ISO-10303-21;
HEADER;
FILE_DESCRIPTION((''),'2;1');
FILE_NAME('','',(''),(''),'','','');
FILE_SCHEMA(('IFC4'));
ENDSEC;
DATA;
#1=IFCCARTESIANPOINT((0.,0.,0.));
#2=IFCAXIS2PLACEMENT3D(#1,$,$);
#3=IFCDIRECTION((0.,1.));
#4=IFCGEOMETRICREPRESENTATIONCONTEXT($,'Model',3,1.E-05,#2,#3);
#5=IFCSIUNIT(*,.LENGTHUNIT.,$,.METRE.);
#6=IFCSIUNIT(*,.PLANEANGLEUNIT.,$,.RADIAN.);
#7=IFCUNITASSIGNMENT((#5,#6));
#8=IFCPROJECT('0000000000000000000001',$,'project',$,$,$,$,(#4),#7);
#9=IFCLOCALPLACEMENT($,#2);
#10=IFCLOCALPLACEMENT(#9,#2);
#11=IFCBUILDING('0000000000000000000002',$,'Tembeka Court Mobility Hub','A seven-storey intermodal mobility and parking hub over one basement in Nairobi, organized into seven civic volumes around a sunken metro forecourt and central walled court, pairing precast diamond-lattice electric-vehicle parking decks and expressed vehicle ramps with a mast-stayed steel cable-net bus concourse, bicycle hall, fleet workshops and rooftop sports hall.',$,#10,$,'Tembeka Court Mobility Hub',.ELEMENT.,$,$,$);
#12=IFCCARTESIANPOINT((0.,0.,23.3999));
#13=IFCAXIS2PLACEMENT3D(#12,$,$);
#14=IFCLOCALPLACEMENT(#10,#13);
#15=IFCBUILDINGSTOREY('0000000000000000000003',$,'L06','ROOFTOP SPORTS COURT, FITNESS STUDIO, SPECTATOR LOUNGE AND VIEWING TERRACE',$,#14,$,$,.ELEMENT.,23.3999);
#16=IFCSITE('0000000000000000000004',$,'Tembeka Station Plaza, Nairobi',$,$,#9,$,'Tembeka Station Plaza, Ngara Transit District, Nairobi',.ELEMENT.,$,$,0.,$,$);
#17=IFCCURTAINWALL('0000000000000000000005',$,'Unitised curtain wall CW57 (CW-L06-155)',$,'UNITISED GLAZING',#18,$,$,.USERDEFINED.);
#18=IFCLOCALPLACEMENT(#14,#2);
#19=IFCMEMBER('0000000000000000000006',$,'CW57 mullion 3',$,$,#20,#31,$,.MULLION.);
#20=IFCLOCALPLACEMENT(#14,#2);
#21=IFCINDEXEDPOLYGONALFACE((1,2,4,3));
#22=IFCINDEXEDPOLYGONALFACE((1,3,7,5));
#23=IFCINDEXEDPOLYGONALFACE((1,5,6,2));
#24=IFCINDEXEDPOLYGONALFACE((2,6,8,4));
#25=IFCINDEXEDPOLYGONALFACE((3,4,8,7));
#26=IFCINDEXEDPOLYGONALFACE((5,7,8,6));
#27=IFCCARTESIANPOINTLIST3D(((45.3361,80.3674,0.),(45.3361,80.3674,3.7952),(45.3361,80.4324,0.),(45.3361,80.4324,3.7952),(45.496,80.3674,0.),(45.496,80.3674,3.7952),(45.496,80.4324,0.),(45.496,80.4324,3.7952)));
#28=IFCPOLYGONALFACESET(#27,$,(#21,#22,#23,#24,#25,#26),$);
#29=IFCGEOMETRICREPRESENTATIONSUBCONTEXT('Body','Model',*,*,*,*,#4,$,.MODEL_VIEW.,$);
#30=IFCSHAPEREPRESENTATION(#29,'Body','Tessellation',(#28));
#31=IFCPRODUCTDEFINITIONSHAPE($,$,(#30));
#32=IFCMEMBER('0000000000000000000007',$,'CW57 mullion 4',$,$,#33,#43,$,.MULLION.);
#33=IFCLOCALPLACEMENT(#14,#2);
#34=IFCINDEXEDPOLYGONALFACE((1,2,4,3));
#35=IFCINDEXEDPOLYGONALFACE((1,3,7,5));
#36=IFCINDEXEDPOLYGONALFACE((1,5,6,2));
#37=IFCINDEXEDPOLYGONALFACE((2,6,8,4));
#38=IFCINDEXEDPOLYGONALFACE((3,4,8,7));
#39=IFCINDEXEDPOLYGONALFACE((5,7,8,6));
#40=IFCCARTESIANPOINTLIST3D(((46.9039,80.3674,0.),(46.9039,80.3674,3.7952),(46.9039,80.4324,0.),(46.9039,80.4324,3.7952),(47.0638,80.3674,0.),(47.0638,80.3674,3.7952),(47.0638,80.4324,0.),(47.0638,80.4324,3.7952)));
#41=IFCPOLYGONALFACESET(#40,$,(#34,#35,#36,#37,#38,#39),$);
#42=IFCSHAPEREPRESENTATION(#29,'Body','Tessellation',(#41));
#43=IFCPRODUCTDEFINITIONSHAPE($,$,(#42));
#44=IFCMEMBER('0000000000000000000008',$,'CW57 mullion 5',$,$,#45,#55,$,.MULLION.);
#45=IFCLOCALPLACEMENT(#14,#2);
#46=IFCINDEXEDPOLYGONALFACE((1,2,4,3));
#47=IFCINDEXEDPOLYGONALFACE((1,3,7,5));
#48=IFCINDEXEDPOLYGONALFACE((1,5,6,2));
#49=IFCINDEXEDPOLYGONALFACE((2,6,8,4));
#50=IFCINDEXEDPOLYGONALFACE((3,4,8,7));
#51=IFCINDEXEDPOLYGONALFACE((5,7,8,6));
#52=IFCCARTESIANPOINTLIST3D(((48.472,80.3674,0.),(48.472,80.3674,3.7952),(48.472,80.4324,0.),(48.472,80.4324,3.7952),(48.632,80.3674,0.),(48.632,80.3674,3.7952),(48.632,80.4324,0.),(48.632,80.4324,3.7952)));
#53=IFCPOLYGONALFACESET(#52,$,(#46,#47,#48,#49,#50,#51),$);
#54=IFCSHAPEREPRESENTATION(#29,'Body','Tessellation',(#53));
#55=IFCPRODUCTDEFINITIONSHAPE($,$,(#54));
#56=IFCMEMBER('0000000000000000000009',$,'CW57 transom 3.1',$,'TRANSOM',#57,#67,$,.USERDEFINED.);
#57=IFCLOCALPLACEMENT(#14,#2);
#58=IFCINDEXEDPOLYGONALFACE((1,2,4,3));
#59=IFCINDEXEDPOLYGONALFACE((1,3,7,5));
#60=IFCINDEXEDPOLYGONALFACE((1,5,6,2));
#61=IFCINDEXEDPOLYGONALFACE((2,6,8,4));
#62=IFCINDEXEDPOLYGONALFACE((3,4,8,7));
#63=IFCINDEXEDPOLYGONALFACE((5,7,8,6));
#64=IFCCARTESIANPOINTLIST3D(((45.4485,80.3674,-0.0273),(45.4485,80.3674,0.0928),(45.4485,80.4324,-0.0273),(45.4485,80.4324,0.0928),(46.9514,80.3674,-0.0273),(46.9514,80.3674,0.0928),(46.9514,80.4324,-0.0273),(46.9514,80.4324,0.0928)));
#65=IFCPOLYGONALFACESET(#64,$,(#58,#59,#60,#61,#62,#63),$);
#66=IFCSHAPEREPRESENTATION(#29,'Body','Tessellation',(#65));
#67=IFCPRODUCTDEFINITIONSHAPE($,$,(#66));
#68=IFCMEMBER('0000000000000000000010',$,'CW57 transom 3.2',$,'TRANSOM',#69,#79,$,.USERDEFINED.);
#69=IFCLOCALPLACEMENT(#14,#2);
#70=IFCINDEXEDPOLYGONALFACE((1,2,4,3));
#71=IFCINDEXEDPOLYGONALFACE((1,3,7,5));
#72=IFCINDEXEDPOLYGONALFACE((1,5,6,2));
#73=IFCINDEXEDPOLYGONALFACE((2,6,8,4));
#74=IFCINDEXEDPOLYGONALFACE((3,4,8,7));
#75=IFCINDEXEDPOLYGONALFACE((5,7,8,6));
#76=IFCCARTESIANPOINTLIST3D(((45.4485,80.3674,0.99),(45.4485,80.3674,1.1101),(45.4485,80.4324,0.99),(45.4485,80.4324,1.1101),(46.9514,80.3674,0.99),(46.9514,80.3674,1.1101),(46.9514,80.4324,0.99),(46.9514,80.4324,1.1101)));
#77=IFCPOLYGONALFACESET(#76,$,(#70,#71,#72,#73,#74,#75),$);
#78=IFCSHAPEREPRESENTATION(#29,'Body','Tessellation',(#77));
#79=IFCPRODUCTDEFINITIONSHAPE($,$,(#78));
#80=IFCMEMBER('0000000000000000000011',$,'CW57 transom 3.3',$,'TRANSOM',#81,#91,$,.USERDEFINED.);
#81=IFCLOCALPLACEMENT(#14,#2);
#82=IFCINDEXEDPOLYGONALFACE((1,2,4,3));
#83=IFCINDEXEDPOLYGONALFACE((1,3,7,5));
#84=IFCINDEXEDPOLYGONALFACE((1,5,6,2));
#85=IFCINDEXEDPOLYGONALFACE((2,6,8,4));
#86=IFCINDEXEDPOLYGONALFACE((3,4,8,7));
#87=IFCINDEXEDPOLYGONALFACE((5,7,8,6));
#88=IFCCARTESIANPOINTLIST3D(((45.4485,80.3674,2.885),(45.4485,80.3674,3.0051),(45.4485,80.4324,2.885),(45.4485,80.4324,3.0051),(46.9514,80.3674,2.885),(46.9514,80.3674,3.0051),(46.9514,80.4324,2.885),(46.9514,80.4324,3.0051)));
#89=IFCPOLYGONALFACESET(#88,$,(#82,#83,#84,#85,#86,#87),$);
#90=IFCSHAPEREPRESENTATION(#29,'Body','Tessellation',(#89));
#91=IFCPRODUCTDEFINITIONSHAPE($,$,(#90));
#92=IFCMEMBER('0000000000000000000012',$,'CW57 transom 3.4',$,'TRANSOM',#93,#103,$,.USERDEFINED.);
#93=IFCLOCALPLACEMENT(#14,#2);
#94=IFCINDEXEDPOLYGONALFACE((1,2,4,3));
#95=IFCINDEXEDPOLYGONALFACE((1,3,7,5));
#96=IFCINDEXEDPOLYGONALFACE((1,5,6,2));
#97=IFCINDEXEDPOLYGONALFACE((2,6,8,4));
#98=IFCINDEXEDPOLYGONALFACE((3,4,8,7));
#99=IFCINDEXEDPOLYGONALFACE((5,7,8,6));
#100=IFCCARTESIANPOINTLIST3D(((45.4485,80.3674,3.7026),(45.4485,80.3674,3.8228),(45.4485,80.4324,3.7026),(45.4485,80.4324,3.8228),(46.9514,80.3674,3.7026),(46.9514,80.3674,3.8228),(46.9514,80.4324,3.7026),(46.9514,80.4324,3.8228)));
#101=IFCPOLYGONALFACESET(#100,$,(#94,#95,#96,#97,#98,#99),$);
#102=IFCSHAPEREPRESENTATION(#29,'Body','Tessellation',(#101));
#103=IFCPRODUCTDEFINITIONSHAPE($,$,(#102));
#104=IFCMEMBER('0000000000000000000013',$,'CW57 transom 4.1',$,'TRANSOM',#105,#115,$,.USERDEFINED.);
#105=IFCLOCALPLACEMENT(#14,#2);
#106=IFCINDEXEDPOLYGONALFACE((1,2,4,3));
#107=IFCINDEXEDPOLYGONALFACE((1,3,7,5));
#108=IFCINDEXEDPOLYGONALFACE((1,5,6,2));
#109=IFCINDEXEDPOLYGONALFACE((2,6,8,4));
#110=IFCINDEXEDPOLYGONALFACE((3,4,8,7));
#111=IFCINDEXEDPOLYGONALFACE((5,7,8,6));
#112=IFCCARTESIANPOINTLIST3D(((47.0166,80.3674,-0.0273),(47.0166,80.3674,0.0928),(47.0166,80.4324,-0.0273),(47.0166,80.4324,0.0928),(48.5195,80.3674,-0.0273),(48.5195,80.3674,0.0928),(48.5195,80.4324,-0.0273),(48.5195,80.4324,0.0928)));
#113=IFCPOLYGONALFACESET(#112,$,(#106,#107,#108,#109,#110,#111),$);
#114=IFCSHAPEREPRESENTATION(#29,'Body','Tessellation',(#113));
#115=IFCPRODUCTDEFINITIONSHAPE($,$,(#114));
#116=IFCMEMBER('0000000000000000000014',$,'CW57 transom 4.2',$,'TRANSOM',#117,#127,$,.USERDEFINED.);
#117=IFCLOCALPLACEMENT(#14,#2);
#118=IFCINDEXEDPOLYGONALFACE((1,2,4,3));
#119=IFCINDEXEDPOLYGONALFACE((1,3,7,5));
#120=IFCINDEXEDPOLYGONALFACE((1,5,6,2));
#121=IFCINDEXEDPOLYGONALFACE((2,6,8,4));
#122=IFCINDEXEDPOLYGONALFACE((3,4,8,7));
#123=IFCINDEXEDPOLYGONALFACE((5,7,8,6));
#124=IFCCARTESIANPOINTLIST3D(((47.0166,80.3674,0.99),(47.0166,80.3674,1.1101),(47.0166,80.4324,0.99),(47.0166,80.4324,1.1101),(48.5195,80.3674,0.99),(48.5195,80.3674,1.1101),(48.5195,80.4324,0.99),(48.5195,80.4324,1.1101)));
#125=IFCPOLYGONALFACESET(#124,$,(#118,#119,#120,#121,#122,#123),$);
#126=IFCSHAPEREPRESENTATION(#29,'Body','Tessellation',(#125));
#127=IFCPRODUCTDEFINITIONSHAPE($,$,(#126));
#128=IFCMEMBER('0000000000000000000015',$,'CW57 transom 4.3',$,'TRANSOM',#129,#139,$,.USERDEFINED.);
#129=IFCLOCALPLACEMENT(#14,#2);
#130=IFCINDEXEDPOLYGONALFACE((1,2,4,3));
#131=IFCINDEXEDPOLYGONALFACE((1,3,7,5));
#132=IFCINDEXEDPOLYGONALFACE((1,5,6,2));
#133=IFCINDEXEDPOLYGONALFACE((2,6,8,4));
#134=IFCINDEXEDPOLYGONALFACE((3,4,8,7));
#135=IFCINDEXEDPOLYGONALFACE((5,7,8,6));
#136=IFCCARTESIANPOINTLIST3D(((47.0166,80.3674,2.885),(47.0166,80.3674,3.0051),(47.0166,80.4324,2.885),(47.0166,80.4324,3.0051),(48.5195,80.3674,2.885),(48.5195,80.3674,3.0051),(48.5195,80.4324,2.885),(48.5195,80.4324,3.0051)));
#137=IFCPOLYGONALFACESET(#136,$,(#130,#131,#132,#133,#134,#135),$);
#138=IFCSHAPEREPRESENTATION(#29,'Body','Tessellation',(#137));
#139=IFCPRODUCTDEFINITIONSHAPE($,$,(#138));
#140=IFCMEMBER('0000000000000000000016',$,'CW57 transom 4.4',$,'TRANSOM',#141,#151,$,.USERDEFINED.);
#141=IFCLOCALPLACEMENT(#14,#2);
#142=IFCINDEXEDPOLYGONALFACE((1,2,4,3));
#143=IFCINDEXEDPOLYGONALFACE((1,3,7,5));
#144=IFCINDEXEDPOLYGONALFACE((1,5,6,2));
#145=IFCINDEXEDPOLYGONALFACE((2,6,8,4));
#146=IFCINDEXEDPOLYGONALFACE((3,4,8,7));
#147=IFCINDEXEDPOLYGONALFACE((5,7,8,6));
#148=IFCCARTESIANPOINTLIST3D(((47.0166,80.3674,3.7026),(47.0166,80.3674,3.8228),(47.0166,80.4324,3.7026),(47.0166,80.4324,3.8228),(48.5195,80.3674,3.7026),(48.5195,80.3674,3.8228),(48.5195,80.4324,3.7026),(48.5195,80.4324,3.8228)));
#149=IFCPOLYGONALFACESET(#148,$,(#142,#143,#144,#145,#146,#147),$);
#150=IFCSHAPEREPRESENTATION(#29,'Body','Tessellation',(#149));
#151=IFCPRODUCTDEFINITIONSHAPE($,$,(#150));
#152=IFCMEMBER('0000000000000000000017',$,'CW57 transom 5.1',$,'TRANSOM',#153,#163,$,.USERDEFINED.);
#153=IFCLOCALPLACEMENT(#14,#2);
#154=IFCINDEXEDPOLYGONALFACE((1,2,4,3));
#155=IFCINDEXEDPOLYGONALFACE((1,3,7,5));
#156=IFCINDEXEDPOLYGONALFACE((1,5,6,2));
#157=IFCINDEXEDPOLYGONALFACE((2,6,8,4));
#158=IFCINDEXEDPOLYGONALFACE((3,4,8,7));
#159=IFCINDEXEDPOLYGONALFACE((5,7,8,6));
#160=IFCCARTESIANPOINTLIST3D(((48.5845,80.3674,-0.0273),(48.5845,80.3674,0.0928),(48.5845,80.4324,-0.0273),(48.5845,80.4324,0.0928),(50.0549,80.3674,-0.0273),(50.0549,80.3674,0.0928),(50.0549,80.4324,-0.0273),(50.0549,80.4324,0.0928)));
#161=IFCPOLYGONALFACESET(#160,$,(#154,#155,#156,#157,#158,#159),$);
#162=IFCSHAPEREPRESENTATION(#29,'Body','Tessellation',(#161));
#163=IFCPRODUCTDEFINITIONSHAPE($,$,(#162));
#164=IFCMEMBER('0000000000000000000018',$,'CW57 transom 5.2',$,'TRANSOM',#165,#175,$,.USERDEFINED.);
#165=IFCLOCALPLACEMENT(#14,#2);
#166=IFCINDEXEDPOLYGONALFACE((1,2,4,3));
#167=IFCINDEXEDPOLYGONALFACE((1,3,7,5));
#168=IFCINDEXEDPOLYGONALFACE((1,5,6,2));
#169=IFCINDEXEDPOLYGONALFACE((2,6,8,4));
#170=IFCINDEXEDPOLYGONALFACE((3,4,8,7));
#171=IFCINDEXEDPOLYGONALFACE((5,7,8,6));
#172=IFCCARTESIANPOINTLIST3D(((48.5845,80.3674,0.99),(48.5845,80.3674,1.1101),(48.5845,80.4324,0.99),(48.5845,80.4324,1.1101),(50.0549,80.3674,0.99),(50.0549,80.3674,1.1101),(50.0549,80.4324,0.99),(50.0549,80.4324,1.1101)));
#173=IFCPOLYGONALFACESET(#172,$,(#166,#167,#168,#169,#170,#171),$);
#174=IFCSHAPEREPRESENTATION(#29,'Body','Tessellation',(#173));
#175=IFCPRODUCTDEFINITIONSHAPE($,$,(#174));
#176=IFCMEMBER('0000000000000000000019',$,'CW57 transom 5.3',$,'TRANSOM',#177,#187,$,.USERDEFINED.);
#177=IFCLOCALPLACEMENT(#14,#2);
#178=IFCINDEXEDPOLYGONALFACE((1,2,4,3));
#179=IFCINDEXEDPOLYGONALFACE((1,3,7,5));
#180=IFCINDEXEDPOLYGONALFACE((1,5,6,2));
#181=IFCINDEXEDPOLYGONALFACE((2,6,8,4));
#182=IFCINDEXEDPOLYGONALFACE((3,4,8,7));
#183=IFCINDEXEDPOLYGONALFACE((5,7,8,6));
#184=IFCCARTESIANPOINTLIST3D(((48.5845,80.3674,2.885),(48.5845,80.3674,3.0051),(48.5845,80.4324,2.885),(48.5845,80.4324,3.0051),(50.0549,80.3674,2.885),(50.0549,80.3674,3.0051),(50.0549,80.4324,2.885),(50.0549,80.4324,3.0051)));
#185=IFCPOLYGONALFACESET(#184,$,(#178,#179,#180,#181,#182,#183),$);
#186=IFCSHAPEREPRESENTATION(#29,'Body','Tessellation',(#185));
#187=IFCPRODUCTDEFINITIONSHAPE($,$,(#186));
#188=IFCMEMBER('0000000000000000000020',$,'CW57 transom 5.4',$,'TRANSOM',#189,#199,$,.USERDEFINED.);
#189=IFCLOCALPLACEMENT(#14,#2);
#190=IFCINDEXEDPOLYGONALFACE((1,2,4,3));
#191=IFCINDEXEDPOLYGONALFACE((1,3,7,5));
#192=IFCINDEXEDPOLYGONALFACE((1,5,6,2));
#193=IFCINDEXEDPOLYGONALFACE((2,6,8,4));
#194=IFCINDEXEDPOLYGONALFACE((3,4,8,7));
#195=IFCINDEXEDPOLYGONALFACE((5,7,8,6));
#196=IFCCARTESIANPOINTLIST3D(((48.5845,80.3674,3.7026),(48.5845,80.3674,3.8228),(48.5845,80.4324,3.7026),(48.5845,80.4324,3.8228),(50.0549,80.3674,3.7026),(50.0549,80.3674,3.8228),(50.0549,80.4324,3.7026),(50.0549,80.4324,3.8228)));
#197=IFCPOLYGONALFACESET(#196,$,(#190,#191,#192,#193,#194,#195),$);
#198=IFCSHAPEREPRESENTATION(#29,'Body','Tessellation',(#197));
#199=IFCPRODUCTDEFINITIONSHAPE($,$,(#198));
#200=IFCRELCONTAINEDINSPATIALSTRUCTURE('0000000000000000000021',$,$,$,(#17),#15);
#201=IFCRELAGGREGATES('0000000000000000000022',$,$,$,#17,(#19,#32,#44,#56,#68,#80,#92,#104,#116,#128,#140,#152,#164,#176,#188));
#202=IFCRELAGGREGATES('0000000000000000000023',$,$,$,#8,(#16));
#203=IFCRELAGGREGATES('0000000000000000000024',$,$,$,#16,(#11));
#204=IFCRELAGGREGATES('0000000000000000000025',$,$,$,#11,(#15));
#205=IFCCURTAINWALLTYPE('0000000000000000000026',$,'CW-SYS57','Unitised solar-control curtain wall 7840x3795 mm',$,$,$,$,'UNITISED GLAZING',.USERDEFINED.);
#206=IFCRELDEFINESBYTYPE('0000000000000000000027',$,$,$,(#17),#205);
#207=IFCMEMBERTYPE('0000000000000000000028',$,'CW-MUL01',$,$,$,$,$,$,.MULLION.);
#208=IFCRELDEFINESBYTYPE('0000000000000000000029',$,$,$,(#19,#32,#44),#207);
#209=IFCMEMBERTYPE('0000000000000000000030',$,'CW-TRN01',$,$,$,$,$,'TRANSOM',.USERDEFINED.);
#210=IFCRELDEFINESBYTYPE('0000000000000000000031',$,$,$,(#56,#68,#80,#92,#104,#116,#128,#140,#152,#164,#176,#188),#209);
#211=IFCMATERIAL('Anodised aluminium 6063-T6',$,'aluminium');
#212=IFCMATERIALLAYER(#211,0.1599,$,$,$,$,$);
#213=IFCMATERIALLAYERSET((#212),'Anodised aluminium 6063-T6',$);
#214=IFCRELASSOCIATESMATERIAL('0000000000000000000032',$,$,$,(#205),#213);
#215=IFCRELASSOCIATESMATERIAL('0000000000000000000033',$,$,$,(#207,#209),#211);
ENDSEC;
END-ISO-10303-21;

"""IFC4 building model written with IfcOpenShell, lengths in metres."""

from ifc_helpers import new_model, si_unit, direction, frame, origin, origin_2d, place, context, subcontext, project, spatial, rectangle, extrude, material, layer, layer_set, material_profile, profile_set, type_object, element, aggregate, save


model = new_model("IFC4")

# Units and contexts
model_context = context("Model", 3, precision=1e-05, world=origin(), true_north=direction((0.0, 1.0)))
body_context = subcontext(model_context, "Body", "Model", "MODEL_VIEW")
ifc_project = project(units=[si_unit("LENGTHUNIT", "METRE"), si_unit("PLANEANGLEUNIT", "RADIAN")], contexts=[model_context])

# Site, building, storey
site_placement = place(None, origin())
site = spatial("IfcSite", under=ifc_project, at=site_placement, Name="Tembeka Station Plaza, Nairobi", LongName="Tembeka Station Plaza, Ngara Transit District, Nairobi", CompositionType="ELEMENT", RefElevation=0.0)
building_placement = place(site_placement, origin())
building = spatial("IfcBuilding", under=site, at=building_placement, Name="Tembeka Court Mobility Hub", Description="A seven-storey intermodal mobility and parking hub over one basement in Nairobi, organized into seven civic volumes around a sunken metro forecourt and central walled court, pairing precast diamond-lattice electric-vehicle parking decks and expressed vehicle ramps with a mast-stayed steel cable-net bus concourse, bicycle hall, fleet workshops and rooftop sports hall.", LongName="Tembeka Court Mobility Hub", CompositionType="ELEMENT")
storey_placement = place(building_placement, frame((0.0, 0.0, 23.3999)))
storey = spatial("IfcBuildingStorey", under=building, at=storey_placement, Name="L06", Description="ROOFTOP SPORTS COURT, FITNESS STUDIO, SPECTATOR LOUNGE AND VIEWING TERRACE", CompositionType="ELEMENT", Elevation=23.3999)

# Curtain wall, members
ifc_material_1 = material(Name="Anodised aluminium 6063-T6", Category="aluminium")
ifc_layer_1 = layer(ifc_material_1, 0.1599)
ifc_layer_set_1 = layer_set([ifc_layer_1], Name="Anodised aluminium 6063-T6")
curtain_wall_type = type_object("IfcCurtainWallType", Name="CW-SYS57", Description="Unitised solar-control curtain wall 7840x3795 mm", ElementType="UNITISED GLAZING", PredefinedType="USERDEFINED", material=ifc_layer_set_1)
curtain_wall_placement = place(storey_placement, origin())
curtain_wall = element("IfcCurtainWall", 1, at=curtain_wall_placement, inside=storey, type_object=curtain_wall_type, Name="Unitised curtain wall CW57 (CW-L06-155)", ObjectType="UNITISED GLAZING", PredefinedType="USERDEFINED")
ifc_material_profile_1 = material_profile(ifc_material_1, rectangle(XDim=0.0649, YDim=0.1599, at=origin_2d()), Name="ALU-MUL 65x160")
ifc_profile_set_1 = profile_set([ifc_material_profile_1], Name="Anodised aluminium 6063-T6")
member_type_1 = type_object("IfcMemberType", Name="CW-MUL01", PredefinedType="MULLION", material=ifc_profile_set_1)
member_1_placement = place(storey_placement, frame((45.416, 80.3999, 0.0), z_axis=(0.0, 0.0, 1.0), x_axis=(0.0, 1.0, 0.0)))
member_1 = element("IfcMember", 2, at=member_1_placement, type_object=member_type_1, Name="CW57 mullion 3", PredefinedType="MULLION", context=body_context, shape_type="SweptSolid", body=[
    extrude(rectangle(XDim=0.0649, YDim=0.1599, at=origin_2d()), origin(), (0.0, 0.0, 1.0), 3.7952),
])
member_2_placement = place(storey_placement, frame((46.9839, 80.3999, 0.0), z_axis=(0.0, 0.0, 1.0), x_axis=(0.0, 1.0, 0.0)))
member_2 = element("IfcMember", 3, at=member_2_placement, type_object=member_type_1, Name="CW57 mullion 4", PredefinedType="MULLION", context=body_context, shape_type="SweptSolid", body=[
    extrude(rectangle(XDim=0.0649, YDim=0.1599, at=origin_2d()), origin(), (0.0, 0.0, 1.0), 3.7952),
])
member_3_placement = place(storey_placement, frame((48.552, 80.3999, 0.0), z_axis=(0.0, 0.0, 1.0), x_axis=(0.0, 1.0, 0.0)))
member_3 = element("IfcMember", 4, at=member_3_placement, type_object=member_type_1, Name="CW57 mullion 5", PredefinedType="MULLION", context=body_context, shape_type="SweptSolid", body=[
    extrude(rectangle(XDim=0.0649, YDim=0.1599, at=origin_2d()), origin(), (0.0, 0.0, 1.0), 3.7952),
])
ifc_material_profile_2 = material_profile(ifc_material_1, rectangle(XDim=0.0649, YDim=0.1201, at=origin_2d()), Name="ALU-TRN 65x120")
ifc_profile_set_2 = profile_set([ifc_material_profile_2], Name="Anodised aluminium 6063-T6")
member_type_2 = type_object("IfcMemberType", Name="CW-TRN01", ElementType="TRANSOM", PredefinedType="USERDEFINED", material=ifc_profile_set_2)
member_4_placement = place(storey_placement, frame((45.4485, 80.3999, 0.0327), z_axis=(1.0, 0.0, 0.0), x_axis=(0.0, 1.0, 0.0)))
member_4 = element("IfcMember", 5, at=member_4_placement, type_object=member_type_2, Name="CW57 transom 3.1", ObjectType="TRANSOM", PredefinedType="USERDEFINED", context=body_context, shape_type="SweptSolid", body=[
    extrude(rectangle(XDim=0.0649, YDim=0.1201, at=origin_2d()), origin(), (0.0, 0.0, 1.0), 1.5029),
])
member_5_placement = place(storey_placement, frame((45.4485, 80.3999, 1.05), z_axis=(1.0, 0.0, 0.0), x_axis=(0.0, 1.0, 0.0)))
member_5 = element("IfcMember", 6, at=member_5_placement, type_object=member_type_2, Name="CW57 transom 3.2", ObjectType="TRANSOM", PredefinedType="USERDEFINED", context=body_context, shape_type="SweptSolid", body=[
    extrude(rectangle(XDim=0.0649, YDim=0.1201, at=origin_2d()), origin(), (0.0, 0.0, 1.0), 1.5029),
])
member_6_placement = place(storey_placement, frame((45.4485, 80.3999, 2.9451), z_axis=(1.0, 0.0, 0.0), x_axis=(0.0, 1.0, 0.0)))
member_6 = element("IfcMember", 7, at=member_6_placement, type_object=member_type_2, Name="CW57 transom 3.3", ObjectType="TRANSOM", PredefinedType="USERDEFINED", context=body_context, shape_type="SweptSolid", body=[
    extrude(rectangle(XDim=0.0649, YDim=0.1201, at=origin_2d()), origin(), (0.0, 0.0, 1.0), 1.5029),
])
member_7_placement = place(storey_placement, frame((45.4485, 80.3999, 3.7627), z_axis=(1.0, 0.0, 0.0), x_axis=(0.0, 1.0, 0.0)))
member_7 = element("IfcMember", 8, at=member_7_placement, type_object=member_type_2, Name="CW57 transom 3.4", ObjectType="TRANSOM", PredefinedType="USERDEFINED", context=body_context, shape_type="SweptSolid", body=[
    extrude(rectangle(XDim=0.0649, YDim=0.1201, at=origin_2d()), origin(), (0.0, 0.0, 1.0), 1.5029),
])
member_8_placement = place(storey_placement, frame((47.0166, 80.3999, 0.0327), z_axis=(1.0, 0.0, 0.0), x_axis=(0.0, 1.0, 0.0)))
member_8 = element("IfcMember", 9, at=member_8_placement, type_object=member_type_2, Name="CW57 transom 4.1", ObjectType="TRANSOM", PredefinedType="USERDEFINED", context=body_context, shape_type="SweptSolid", body=[
    extrude(rectangle(XDim=0.0649, YDim=0.1201, at=origin_2d()), origin(), (0.0, 0.0, 1.0), 1.5029),
])
member_9_placement = place(storey_placement, frame((47.0166, 80.3999, 1.05), z_axis=(1.0, 0.0, 0.0), x_axis=(0.0, 1.0, 0.0)))
member_9 = element("IfcMember", 10, at=member_9_placement, type_object=member_type_2, Name="CW57 transom 4.2", ObjectType="TRANSOM", PredefinedType="USERDEFINED", context=body_context, shape_type="SweptSolid", body=[
    extrude(rectangle(XDim=0.0649, YDim=0.1201, at=origin_2d()), origin(), (0.0, 0.0, 1.0), 1.5029),
])
member_10_placement = place(storey_placement, frame((47.0166, 80.3999, 2.9451), z_axis=(1.0, 0.0, 0.0), x_axis=(0.0, 1.0, 0.0)))
member_10 = element("IfcMember", 11, at=member_10_placement, type_object=member_type_2, Name="CW57 transom 4.3", ObjectType="TRANSOM", PredefinedType="USERDEFINED", context=body_context, shape_type="SweptSolid", body=[
    extrude(rectangle(XDim=0.0649, YDim=0.1201, at=origin_2d()), origin(), (0.0, 0.0, 1.0), 1.5029),
])
member_11_placement = place(storey_placement, frame((47.0166, 80.3999, 3.7627), z_axis=(1.0, 0.0, 0.0), x_axis=(0.0, 1.0, 0.0)))
member_11 = element("IfcMember", 12, at=member_11_placement, type_object=member_type_2, Name="CW57 transom 4.4", ObjectType="TRANSOM", PredefinedType="USERDEFINED", context=body_context, shape_type="SweptSolid", body=[
    extrude(rectangle(XDim=0.0649, YDim=0.1201, at=origin_2d()), origin(), (0.0, 0.0, 1.0), 1.5029),
])
member_12_placement = place(storey_placement, frame((48.5845, 80.3999, 0.0327), z_axis=(1.0, 0.0, 0.0), x_axis=(0.0, 1.0, 0.0)))
member_12 = element("IfcMember", 13, at=member_12_placement, type_object=member_type_2, Name="CW57 transom 5.1", ObjectType="TRANSOM", PredefinedType="USERDEFINED", context=body_context, shape_type="SweptSolid", body=[
    extrude(rectangle(XDim=0.0649, YDim=0.1201, at=origin_2d()), origin(), (0.0, 0.0, 1.0), 1.4705),
])
member_13_placement = place(storey_placement, frame((48.5845, 80.3999, 1.05), z_axis=(1.0, 0.0, 0.0), x_axis=(0.0, 1.0, 0.0)))
member_13 = element("IfcMember", 14, at=member_13_placement, type_object=member_type_2, Name="CW57 transom 5.2", ObjectType="TRANSOM", PredefinedType="USERDEFINED", context=body_context, shape_type="SweptSolid", body=[
    extrude(rectangle(XDim=0.0649, YDim=0.1201, at=origin_2d()), origin(), (0.0, 0.0, 1.0), 1.4705),
])
member_14_placement = place(storey_placement, frame((48.5845, 80.3999, 2.9451), z_axis=(1.0, 0.0, 0.0), x_axis=(0.0, 1.0, 0.0)))
member_14 = element("IfcMember", 15, at=member_14_placement, type_object=member_type_2, Name="CW57 transom 5.3", ObjectType="TRANSOM", PredefinedType="USERDEFINED", context=body_context, shape_type="SweptSolid", body=[
    extrude(rectangle(XDim=0.0649, YDim=0.1201, at=origin_2d()), origin(), (0.0, 0.0, 1.0), 1.4705),
])
member_15_placement = place(storey_placement, frame((48.5845, 80.3999, 3.7627), z_axis=(1.0, 0.0, 0.0), x_axis=(0.0, 1.0, 0.0)))
member_15 = element("IfcMember", 16, at=member_15_placement, type_object=member_type_2, Name="CW57 transom 5.4", ObjectType="TRANSOM", PredefinedType="USERDEFINED", context=body_context, shape_type="SweptSolid", body=[
    extrude(rectangle(XDim=0.0649, YDim=0.1201, at=origin_2d()), origin(), (0.0, 0.0, 1.0), 1.4705),
])
aggregate(curtain_wall, [member_1, member_2, member_3, member_4, member_5, member_6, member_7, member_8, member_9, member_10, member_11, member_12, member_13, member_14, member_15])

save(model, "model.ifc")
